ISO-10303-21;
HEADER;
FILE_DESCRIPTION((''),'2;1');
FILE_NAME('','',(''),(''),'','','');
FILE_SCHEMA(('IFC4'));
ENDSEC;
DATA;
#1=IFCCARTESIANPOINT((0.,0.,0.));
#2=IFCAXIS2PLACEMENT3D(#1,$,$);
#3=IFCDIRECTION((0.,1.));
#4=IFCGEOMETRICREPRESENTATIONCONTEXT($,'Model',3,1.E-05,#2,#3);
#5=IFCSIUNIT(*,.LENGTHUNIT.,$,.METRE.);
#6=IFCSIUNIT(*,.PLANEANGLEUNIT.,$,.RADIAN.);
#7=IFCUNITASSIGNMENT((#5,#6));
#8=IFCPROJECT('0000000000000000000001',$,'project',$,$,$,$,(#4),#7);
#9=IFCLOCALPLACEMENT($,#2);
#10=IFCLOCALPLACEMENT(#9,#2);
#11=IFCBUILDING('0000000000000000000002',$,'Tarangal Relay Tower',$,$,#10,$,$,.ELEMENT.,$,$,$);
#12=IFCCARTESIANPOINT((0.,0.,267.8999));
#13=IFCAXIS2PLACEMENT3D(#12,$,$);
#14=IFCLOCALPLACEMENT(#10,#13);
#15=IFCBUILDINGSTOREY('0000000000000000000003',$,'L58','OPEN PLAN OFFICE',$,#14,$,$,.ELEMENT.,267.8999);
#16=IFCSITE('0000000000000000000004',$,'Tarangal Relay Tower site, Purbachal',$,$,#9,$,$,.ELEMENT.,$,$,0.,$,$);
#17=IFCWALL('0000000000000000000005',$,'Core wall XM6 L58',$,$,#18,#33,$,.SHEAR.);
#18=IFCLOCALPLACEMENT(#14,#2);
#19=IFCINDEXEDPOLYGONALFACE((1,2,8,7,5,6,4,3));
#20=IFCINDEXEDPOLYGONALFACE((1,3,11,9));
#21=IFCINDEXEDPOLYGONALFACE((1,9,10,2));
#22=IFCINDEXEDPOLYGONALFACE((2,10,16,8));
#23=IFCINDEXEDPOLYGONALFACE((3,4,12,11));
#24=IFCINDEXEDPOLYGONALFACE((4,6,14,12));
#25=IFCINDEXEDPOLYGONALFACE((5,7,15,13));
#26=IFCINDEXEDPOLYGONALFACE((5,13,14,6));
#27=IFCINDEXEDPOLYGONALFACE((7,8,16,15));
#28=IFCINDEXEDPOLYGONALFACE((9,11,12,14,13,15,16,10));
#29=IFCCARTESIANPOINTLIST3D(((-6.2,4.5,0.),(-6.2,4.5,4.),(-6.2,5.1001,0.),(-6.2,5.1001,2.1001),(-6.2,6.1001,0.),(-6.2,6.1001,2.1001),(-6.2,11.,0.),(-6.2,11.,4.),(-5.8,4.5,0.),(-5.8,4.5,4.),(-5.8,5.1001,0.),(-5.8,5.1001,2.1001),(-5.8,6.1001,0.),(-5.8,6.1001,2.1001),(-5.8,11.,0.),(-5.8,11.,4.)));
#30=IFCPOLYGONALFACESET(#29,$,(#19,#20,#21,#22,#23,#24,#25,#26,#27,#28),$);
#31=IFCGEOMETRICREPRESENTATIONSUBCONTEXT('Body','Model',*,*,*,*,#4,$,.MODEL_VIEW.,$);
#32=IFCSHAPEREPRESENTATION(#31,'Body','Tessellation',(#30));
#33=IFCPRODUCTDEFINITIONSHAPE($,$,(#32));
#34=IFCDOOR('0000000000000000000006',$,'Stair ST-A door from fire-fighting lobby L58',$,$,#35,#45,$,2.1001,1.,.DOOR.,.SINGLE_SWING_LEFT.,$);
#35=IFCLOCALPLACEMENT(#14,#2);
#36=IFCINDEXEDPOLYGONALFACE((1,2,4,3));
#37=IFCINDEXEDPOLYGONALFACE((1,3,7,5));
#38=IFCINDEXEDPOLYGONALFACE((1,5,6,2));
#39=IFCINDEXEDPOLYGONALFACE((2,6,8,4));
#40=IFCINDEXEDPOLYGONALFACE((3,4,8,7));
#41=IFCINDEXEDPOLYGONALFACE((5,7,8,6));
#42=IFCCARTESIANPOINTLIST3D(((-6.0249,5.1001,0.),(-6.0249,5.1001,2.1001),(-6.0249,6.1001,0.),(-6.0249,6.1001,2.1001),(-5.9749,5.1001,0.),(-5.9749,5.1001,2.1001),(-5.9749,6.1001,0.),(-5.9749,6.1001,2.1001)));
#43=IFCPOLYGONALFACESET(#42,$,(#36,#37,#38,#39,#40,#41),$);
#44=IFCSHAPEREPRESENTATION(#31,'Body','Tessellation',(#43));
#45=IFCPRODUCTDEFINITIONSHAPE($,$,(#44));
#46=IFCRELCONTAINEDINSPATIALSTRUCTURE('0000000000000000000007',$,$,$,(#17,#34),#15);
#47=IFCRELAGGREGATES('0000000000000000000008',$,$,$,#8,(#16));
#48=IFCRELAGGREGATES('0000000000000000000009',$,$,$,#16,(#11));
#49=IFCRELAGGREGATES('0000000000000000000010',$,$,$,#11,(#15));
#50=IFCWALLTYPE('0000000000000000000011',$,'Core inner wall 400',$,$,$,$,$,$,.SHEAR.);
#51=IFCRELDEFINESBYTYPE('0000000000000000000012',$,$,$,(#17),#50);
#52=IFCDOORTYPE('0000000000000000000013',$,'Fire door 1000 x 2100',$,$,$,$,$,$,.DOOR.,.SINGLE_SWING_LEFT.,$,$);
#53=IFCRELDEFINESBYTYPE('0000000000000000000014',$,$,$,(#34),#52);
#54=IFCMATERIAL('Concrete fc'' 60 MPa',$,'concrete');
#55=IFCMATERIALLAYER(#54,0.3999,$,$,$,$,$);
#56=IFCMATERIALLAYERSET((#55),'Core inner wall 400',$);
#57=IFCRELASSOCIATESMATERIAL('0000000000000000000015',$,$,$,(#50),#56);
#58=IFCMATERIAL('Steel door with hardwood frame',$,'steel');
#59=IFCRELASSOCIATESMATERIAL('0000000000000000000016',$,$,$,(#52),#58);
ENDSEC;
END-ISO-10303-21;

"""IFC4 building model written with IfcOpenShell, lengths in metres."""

from ifc_helpers import new_model, si_unit, direction, frame, frame_2d, origin, place, context, subcontext, project, spatial, rectangle, extrude, material, layer, layer_set, type_object, element, fill, save


model = new_model("IFC4")

# Units and contexts
model_context = context("Model", 3, precision=1e-05, world=origin(), true_north=direction((0.0, 1.0)))
body_context = subcontext(model_context, "Body", "Model", "MODEL_VIEW")
ifc_project = project(units=[si_unit("LENGTHUNIT", "METRE"), si_unit("PLANEANGLEUNIT", "RADIAN")], contexts=[model_context])

# Site, building, storey
site_placement = place(None, origin())
site = spatial("IfcSite", under=ifc_project, at=site_placement, Name="Tarangal Relay Tower site, Purbachal", CompositionType="ELEMENT", RefElevation=0.0)
building_placement = place(site_placement, origin())
building = spatial("IfcBuilding", under=site, at=building_placement, Name="Tarangal Relay Tower", CompositionType="ELEMENT")
storey_placement = place(building_placement, frame((0.0, 0.0, 267.8999)))
storey = spatial("IfcBuildingStorey", under=building, at=storey_placement, Name="L58", Description="OPEN PLAN OFFICE", CompositionType="ELEMENT", Elevation=267.8999)

# Shared definitions
ifc_material_1 = material(Name="Concrete fc' 60 MPa", Category="concrete")
ifc_layer_1 = layer(ifc_material_1, 0.3999)
ifc_layer_set_1 = layer_set([ifc_layer_1], Name="Core inner wall 400")
wall_type = type_object("IfcWallType", Name="Core inner wall 400", PredefinedType="SHEAR", material=ifc_layer_set_1)
ifc_material_2 = material(Name="Steel door with hardwood frame", Category="steel")

# Wall, opening, door
wall_1_placement = place(storey_placement, frame((-6.0, 4.5, 0.0), z_axis=(0.0, 0.0, 1.0), x_axis=(0.0, 1.0, 0.0)))
wall_1 = element("IfcWall", 1, at=wall_1_placement, inside=storey, type_object=wall_type, Name="Core wall XM6 L58", PredefinedType="SHEAR", context=body_context, shape_type="SweptSolid", body=[
    extrude(rectangle(XDim=6.5, YDim=0.3999, at=frame_2d((3.25, 0.0))), origin(), (0.0, 0.0, 1.0), 4.0),
])
opening_1_placement = place(wall_1_placement, frame((0.6001, 0.0, 0.0)))
opening_1 = element("IfcOpeningElement", 2, at=opening_1_placement, cuts=wall_1, PredefinedType="OPENING", context=body_context, shape_type="SweptSolid", body=[
    extrude(rectangle(XDim=1.0, YDim=2.1001, at=frame_2d((0.5, 1.05))), frame((0.0, 0.21, 0.0), z_axis=(0.0, -1.0, 0.0), x_axis=(1.0, 0.0, 0.0)), (0.0, 0.0, 1.0), 0.4199),
])
door_type_1 = type_object("IfcDoorType", Name="Fire door 1000 x 2100", OperationType="SINGLE_SWING_LEFT", PredefinedType="DOOR", material=ifc_material_2)
door_1_placement = place(opening_1_placement, origin())
door_1 = element("IfcDoor", 3, at=door_1_placement, inside=storey, type_object=door_type_1, Name="Stair ST-A door from fire-fighting lobby L58", OperationType="SINGLE_SWING_LEFT", OverallHeight=2.1001, OverallWidth=1.0, PredefinedType="DOOR", context=body_context, shape_type="SweptSolid", body=[
    extrude(rectangle(XDim=1.0, YDim=2.1001, at=frame_2d((0.5, 1.05))), frame((0.0, 0.0249, 0.0), z_axis=(0.0, -1.0, 0.0), x_axis=(1.0, 0.0, 0.0)), (0.0, 0.0, 1.0), 0.05),
])
fill(opening_1, door_1)

save(model, "model.ifc")
